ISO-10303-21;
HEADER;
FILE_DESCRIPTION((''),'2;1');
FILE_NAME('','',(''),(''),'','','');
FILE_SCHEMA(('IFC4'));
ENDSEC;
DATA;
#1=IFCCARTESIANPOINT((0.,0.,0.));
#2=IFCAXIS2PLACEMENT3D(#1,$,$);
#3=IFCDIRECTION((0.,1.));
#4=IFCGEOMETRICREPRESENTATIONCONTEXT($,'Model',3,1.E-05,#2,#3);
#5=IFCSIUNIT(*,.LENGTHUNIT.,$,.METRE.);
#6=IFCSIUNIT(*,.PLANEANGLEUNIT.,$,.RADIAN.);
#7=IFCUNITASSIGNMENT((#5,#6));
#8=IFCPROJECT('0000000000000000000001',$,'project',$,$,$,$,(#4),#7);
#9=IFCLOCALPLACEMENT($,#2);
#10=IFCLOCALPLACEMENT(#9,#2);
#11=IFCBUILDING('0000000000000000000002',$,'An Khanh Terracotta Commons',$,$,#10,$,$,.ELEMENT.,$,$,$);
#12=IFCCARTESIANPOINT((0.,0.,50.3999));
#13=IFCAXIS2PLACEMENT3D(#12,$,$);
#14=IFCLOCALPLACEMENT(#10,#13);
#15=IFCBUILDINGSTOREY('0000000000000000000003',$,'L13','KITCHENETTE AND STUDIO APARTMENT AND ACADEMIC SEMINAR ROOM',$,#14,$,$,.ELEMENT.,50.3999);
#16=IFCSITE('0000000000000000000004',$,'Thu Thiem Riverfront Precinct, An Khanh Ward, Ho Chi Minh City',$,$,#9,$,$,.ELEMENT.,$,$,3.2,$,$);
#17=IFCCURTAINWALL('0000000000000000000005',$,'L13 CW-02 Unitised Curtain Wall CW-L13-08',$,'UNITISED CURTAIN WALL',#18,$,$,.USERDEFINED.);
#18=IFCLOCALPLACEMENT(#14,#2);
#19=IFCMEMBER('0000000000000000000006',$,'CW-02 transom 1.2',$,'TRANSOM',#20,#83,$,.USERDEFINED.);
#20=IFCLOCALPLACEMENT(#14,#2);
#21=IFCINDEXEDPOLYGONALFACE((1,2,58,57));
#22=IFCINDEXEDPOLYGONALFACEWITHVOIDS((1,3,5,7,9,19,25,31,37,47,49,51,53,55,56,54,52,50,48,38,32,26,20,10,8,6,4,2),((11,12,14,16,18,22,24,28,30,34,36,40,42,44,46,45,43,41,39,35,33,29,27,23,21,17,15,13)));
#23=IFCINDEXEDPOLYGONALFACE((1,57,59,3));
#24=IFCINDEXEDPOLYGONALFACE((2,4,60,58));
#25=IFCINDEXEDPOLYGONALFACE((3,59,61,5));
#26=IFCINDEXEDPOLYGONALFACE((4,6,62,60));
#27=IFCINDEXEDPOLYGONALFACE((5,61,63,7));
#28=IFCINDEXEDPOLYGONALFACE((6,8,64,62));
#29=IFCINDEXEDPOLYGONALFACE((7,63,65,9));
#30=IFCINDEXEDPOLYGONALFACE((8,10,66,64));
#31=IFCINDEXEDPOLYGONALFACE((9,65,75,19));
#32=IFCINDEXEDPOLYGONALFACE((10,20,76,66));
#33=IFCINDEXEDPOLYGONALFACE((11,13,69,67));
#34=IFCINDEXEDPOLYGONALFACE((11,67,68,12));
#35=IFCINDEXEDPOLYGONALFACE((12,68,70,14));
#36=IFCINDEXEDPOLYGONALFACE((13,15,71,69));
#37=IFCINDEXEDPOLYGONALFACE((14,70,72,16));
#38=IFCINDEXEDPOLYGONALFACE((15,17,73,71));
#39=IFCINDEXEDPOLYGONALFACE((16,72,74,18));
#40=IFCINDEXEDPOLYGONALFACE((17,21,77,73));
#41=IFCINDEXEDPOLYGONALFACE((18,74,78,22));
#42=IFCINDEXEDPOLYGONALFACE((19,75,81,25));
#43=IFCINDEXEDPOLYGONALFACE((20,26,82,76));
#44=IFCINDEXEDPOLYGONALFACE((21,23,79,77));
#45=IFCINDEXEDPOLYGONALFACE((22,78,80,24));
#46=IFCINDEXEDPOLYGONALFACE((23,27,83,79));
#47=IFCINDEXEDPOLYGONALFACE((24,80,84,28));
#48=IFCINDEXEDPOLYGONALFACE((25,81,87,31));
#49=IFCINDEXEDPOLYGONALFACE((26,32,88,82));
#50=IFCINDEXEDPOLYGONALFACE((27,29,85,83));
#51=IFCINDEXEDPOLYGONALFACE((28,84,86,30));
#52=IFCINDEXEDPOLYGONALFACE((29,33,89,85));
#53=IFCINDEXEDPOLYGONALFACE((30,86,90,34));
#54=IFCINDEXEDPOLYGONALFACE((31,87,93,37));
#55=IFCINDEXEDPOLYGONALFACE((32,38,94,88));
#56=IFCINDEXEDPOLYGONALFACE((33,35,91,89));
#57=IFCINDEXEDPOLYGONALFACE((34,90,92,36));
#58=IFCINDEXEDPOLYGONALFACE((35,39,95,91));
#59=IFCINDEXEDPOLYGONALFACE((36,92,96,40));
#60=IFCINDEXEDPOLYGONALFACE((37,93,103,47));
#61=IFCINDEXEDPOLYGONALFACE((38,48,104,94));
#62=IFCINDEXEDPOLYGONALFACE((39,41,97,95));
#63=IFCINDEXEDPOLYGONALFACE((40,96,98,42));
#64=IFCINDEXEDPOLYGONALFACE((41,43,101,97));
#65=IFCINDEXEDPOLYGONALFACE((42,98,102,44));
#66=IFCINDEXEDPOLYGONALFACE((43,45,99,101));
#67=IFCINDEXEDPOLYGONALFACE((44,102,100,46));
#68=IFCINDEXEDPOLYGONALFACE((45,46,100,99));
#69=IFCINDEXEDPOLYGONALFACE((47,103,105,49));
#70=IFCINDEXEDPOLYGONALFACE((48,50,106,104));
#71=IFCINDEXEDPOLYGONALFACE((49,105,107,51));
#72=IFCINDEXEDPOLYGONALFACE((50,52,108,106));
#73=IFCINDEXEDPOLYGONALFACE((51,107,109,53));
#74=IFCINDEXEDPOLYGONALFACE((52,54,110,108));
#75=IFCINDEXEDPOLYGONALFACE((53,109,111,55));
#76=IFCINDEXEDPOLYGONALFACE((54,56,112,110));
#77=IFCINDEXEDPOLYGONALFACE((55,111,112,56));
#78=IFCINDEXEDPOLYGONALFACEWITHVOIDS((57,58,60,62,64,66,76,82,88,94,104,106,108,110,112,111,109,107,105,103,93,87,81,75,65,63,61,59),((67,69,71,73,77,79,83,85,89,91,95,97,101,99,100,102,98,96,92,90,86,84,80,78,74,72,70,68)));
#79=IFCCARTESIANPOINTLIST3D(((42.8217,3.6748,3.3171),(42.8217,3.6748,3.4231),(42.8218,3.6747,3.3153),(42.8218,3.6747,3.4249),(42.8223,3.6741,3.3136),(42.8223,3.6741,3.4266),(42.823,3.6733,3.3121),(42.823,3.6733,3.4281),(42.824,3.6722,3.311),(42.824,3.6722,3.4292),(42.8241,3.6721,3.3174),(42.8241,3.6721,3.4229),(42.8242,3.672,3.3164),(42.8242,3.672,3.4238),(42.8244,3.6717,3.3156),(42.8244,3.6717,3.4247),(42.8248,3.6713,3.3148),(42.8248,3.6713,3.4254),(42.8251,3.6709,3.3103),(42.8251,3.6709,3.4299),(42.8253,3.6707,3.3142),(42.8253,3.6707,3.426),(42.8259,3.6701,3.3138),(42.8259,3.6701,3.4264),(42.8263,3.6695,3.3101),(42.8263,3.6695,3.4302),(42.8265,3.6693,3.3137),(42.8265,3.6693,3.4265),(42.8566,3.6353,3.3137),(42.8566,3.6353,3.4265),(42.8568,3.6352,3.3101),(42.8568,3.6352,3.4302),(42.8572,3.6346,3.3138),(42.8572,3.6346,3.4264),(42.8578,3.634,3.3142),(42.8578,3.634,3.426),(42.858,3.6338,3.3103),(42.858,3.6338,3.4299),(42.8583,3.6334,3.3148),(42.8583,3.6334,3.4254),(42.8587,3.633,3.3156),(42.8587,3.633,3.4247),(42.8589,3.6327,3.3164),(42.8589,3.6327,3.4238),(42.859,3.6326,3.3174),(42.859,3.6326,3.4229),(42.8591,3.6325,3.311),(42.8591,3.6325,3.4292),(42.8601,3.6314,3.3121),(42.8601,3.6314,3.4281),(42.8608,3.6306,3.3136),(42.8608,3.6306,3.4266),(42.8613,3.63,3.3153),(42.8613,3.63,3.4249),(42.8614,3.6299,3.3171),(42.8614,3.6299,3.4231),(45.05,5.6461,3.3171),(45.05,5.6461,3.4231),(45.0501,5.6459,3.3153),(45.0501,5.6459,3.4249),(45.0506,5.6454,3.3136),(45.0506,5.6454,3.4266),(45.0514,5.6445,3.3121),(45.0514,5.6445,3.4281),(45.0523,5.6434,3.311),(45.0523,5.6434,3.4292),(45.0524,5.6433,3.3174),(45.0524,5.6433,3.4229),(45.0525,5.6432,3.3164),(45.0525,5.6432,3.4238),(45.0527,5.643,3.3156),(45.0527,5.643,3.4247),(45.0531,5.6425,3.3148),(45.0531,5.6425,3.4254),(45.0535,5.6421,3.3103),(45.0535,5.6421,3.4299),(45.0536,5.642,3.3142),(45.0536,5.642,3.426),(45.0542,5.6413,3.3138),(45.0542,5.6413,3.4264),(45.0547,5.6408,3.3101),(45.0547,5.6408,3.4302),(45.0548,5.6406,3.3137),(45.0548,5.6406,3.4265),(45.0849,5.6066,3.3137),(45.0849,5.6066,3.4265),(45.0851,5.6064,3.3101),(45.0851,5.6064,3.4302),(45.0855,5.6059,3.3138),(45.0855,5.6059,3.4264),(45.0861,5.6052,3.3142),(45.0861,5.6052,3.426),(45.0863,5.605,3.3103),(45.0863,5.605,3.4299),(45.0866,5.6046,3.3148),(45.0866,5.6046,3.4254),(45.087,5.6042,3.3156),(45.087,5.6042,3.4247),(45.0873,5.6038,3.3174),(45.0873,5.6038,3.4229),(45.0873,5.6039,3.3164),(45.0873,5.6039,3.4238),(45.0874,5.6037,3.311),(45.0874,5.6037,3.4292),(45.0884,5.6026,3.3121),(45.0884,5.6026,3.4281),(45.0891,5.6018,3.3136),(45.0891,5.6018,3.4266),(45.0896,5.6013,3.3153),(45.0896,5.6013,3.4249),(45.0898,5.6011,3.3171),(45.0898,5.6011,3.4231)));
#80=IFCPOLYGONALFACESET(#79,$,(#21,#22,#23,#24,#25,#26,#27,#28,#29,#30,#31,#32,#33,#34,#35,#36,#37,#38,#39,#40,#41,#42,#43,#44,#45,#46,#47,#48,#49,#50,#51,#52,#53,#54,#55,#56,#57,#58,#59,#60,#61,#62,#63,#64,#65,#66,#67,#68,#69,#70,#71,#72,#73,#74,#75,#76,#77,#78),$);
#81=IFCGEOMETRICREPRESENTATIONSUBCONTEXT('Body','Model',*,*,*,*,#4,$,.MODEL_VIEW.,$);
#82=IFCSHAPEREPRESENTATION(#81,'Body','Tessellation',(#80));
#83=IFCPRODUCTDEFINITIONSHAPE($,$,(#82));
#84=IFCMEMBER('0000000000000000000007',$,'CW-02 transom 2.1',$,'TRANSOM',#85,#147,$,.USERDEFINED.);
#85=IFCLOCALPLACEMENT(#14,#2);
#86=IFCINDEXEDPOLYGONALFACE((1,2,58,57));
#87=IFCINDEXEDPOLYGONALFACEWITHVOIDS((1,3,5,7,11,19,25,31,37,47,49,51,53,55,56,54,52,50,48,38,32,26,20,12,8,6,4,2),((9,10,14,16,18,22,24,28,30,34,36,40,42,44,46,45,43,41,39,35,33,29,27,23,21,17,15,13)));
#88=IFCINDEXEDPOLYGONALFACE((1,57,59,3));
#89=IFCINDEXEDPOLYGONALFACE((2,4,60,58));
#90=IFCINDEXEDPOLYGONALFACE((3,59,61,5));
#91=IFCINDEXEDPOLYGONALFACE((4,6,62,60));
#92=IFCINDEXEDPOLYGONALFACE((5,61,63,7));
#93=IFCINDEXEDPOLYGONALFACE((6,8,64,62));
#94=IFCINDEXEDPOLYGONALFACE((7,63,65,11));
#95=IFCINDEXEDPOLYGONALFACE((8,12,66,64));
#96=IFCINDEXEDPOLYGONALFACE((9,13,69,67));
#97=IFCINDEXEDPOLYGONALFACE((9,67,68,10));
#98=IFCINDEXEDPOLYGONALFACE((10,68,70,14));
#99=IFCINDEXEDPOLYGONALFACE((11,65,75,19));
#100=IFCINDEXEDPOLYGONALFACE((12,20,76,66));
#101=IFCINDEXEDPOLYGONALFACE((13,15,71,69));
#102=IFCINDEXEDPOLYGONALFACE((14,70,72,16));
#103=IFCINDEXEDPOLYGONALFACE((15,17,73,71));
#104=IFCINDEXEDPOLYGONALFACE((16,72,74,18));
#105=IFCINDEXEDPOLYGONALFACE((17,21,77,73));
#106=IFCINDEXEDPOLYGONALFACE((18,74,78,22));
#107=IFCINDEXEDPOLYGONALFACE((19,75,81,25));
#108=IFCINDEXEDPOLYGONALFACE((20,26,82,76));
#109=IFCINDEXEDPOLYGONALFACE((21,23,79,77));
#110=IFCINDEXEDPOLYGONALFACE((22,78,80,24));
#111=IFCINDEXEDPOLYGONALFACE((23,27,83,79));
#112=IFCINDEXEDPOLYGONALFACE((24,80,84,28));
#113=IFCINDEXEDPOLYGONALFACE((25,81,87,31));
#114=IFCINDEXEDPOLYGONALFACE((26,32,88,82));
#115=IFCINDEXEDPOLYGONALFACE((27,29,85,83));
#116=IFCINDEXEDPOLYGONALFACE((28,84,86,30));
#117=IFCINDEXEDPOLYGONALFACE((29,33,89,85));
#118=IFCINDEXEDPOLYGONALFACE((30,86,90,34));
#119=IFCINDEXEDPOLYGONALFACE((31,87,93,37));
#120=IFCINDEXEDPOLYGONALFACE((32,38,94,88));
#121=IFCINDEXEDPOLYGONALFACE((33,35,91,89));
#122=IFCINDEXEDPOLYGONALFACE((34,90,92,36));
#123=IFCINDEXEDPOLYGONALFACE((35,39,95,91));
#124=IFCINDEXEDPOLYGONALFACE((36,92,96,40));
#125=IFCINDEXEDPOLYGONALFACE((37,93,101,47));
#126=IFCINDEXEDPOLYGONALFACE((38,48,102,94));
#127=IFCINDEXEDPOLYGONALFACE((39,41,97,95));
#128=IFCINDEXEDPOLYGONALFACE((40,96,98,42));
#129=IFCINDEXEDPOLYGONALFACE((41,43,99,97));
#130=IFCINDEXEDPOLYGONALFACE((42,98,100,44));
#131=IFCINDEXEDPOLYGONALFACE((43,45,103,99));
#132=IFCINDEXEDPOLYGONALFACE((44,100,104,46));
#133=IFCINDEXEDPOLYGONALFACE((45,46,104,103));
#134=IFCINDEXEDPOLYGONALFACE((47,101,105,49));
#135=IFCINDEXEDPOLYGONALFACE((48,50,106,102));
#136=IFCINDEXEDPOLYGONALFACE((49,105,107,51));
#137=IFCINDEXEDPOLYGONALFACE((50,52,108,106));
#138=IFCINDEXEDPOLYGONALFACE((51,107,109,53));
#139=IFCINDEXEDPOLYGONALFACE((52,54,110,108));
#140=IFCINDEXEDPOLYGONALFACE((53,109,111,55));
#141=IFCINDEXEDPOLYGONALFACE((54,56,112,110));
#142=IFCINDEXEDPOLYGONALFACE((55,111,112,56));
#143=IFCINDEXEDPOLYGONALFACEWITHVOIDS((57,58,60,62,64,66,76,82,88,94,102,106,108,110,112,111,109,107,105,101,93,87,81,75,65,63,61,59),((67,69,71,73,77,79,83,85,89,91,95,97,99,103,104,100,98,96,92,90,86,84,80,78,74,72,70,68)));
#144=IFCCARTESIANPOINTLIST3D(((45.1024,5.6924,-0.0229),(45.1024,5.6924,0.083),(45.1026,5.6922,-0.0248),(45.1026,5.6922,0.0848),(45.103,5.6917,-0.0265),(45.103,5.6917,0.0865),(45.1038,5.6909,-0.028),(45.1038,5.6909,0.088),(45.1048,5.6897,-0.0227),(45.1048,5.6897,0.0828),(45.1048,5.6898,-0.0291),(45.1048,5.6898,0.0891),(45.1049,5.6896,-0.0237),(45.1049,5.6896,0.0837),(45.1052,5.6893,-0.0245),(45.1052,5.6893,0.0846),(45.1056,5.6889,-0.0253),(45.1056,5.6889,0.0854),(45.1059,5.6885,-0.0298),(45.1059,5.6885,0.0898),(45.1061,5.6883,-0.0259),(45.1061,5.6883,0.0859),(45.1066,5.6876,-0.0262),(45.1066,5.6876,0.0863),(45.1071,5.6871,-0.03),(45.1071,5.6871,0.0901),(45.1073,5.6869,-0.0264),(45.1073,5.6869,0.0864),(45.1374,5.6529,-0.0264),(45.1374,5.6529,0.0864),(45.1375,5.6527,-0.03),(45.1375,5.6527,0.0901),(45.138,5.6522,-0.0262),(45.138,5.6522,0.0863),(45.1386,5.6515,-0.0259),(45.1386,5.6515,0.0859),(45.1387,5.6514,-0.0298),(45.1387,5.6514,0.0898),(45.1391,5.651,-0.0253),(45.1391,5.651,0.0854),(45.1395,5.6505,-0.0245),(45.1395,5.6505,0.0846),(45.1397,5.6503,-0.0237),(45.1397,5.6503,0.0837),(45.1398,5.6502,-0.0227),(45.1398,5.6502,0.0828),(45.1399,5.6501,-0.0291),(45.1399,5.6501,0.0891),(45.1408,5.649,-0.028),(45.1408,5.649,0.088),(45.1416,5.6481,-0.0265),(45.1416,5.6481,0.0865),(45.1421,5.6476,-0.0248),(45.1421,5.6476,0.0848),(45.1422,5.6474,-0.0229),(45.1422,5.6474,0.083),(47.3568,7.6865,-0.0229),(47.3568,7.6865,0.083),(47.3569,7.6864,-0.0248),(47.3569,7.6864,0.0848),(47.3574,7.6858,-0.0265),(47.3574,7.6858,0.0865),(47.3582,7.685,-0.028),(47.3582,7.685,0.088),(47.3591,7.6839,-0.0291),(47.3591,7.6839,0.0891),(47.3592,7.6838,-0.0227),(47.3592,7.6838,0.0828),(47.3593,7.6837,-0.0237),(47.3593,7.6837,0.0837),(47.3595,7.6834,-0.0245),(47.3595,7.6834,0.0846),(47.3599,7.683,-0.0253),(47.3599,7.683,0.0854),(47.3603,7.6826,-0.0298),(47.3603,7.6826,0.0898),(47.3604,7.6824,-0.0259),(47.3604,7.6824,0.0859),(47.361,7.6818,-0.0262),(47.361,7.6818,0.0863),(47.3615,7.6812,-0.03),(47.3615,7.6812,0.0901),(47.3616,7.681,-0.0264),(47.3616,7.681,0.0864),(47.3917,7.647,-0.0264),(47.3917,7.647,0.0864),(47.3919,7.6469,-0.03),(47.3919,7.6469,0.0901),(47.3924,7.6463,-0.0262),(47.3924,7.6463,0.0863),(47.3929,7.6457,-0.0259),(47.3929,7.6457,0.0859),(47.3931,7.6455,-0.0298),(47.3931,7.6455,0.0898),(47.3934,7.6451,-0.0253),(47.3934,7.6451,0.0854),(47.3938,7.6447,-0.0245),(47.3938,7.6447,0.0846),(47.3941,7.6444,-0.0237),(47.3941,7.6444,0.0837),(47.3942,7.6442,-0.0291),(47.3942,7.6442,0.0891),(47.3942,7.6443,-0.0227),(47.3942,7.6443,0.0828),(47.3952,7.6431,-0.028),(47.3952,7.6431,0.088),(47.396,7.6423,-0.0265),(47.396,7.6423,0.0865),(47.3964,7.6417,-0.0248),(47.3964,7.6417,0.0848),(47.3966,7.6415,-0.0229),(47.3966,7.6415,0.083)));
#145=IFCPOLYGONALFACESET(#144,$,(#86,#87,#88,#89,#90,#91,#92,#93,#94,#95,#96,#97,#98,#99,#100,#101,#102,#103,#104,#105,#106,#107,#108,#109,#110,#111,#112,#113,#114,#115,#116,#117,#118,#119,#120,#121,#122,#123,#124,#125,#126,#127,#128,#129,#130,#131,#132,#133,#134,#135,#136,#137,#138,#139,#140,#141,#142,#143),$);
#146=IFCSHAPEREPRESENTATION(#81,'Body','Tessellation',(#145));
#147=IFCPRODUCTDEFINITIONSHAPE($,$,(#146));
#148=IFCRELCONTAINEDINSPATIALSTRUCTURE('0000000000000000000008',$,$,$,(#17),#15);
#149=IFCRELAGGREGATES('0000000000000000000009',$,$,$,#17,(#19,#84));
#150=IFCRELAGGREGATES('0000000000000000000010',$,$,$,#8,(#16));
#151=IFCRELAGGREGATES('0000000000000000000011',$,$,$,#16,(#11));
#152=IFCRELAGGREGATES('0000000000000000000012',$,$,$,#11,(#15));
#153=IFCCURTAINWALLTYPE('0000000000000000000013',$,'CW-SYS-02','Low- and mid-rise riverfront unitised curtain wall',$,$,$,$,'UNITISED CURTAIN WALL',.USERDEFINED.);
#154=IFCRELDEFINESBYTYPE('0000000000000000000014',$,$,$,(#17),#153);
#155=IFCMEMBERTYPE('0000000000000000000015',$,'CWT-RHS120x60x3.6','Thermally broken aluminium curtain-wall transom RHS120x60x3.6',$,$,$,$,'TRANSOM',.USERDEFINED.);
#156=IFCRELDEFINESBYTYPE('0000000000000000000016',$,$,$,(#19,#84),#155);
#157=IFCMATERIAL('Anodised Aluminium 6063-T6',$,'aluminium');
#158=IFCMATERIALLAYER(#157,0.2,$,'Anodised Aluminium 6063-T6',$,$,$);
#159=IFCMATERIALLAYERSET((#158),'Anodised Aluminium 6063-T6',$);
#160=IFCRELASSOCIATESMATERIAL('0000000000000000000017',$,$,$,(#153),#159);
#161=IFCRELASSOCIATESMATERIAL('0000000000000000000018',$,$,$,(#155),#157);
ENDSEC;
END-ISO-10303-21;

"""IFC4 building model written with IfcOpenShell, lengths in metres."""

from ifc_helpers import new_model, si_unit, direction, frame, origin, origin_2d, place, context, subcontext, project, spatial, hollow_rectangle, extrude, material, layer, layer_set, material_profile, profile_set, type_object, element, aggregate, save


model = new_model("IFC4")

# Units and contexts
model_context = context("Model", 3, precision=1e-05, world=origin(), true_north=direction((0.0, 1.0)))
body_context = subcontext(model_context, "Body", "Model", "MODEL_VIEW")
ifc_project = project(units=[si_unit("LENGTHUNIT", "METRE"), si_unit("PLANEANGLEUNIT", "RADIAN")], contexts=[model_context])

# Site, building, storey
site_placement = place(None, origin())
site = spatial("IfcSite", under=ifc_project, at=site_placement, Name="Thu Thiem Riverfront Precinct, An Khanh Ward, Ho Chi Minh City", CompositionType="ELEMENT", RefElevation=3.2)
building_placement = place(site_placement, origin())
building = spatial("IfcBuilding", under=site, at=building_placement, Name="An Khanh Terracotta Commons", CompositionType="ELEMENT")
storey_placement = place(building_placement, frame((0.0, 0.0, 50.3999)))
storey = spatial("IfcBuildingStorey", under=building, at=storey_placement, Name="L13", Description="KITCHENETTE AND STUDIO APARTMENT AND ACADEMIC SEMINAR ROOM", CompositionType="ELEMENT", Elevation=50.3999)

# Curtain wall
ifc_material_1 = material(Name="Anodised Aluminium 6063-T6", Category="aluminium")
ifc_layer_1 = layer(ifc_material_1, 0.2, Name="Anodised Aluminium 6063-T6")
ifc_layer_set_1 = layer_set([ifc_layer_1], Name="Anodised Aluminium 6063-T6")
curtain_wall_type = type_object("IfcCurtainWallType", Name="CW-SYS-02", Description="Low- and mid-rise riverfront unitised curtain wall", ElementType="UNITISED CURTAIN WALL", PredefinedType="USERDEFINED", material=ifc_layer_set_1)
curtain_wall_1_placement = place(storey_placement, origin())
curtain_wall_1 = element("IfcCurtainWall", 1, at=curtain_wall_1_placement, inside=storey, type_object=curtain_wall_type, Name="L13 CW-02 Unitised Curtain Wall CW-L13-08", ObjectType="UNITISED CURTAIN WALL", PredefinedType="USERDEFINED")

# Members
ifc_material_profile_1 = material_profile(ifc_material_1, hollow_rectangle(XDim=0.0601, YDim=0.1201, WallThickness=0.0037, InnerFilletRadius=0.0037, OuterFilletRadius=0.0071, at=origin_2d()), Name="RHS120x60x3.6")
ifc_profile_set_1 = profile_set([ifc_material_profile_1], Name="Anodised Aluminium 6063-T6")
member_type_1 = type_object("IfcMemberType", Name="CWT-RHS120x60x3.6", Description="Thermally broken aluminium curtain-wall transom RHS120x60x3.6", ElementType="TRANSOM", PredefinedType="USERDEFINED", material=ifc_profile_set_1)
member_1_placement = place(storey_placement, frame((42.8416, 3.6523, 3.3701), z_axis=(0.748992, 0.662579, 0.0), x_axis=(-0.662579, 0.748992, 0.0)))
member_1 = element("IfcMember", 2, at=member_1_placement, type_object=member_type_1, Name="CW-02 transom 1.2", ObjectType="TRANSOM", PredefinedType="USERDEFINED", context=body_context, shape_type="SweptSolid", body=[
    extrude(hollow_rectangle(XDim=0.0601, YDim=0.1201, WallThickness=0.0037, InnerFilletRadius=0.0037, OuterFilletRadius=0.0071, at=origin_2d()), origin(), (0.0, 0.0, 1.0), 2.9751),
])
member_2_placement = place(storey_placement, frame((45.1223, 5.6699, 0.03), z_axis=(0.749018, 0.662549, 0.0), x_axis=(-0.662549, 0.749018, 0.0)))
member_2 = element("IfcMember", 3, at=member_2_placement, type_object=member_type_1, Name="CW-02 transom 2.1", ObjectType="TRANSOM", PredefinedType="USERDEFINED", context=body_context, shape_type="SweptSolid", body=[
    extrude(hollow_rectangle(XDim=0.0601, YDim=0.1201, WallThickness=0.0037, InnerFilletRadius=0.0037, OuterFilletRadius=0.0071, at=origin_2d()), origin(), (0.0, 0.0, 1.0), 3.0098),
])

aggregate(curtain_wall_1, [member_1, member_2])

save(model, "model.ifc")
